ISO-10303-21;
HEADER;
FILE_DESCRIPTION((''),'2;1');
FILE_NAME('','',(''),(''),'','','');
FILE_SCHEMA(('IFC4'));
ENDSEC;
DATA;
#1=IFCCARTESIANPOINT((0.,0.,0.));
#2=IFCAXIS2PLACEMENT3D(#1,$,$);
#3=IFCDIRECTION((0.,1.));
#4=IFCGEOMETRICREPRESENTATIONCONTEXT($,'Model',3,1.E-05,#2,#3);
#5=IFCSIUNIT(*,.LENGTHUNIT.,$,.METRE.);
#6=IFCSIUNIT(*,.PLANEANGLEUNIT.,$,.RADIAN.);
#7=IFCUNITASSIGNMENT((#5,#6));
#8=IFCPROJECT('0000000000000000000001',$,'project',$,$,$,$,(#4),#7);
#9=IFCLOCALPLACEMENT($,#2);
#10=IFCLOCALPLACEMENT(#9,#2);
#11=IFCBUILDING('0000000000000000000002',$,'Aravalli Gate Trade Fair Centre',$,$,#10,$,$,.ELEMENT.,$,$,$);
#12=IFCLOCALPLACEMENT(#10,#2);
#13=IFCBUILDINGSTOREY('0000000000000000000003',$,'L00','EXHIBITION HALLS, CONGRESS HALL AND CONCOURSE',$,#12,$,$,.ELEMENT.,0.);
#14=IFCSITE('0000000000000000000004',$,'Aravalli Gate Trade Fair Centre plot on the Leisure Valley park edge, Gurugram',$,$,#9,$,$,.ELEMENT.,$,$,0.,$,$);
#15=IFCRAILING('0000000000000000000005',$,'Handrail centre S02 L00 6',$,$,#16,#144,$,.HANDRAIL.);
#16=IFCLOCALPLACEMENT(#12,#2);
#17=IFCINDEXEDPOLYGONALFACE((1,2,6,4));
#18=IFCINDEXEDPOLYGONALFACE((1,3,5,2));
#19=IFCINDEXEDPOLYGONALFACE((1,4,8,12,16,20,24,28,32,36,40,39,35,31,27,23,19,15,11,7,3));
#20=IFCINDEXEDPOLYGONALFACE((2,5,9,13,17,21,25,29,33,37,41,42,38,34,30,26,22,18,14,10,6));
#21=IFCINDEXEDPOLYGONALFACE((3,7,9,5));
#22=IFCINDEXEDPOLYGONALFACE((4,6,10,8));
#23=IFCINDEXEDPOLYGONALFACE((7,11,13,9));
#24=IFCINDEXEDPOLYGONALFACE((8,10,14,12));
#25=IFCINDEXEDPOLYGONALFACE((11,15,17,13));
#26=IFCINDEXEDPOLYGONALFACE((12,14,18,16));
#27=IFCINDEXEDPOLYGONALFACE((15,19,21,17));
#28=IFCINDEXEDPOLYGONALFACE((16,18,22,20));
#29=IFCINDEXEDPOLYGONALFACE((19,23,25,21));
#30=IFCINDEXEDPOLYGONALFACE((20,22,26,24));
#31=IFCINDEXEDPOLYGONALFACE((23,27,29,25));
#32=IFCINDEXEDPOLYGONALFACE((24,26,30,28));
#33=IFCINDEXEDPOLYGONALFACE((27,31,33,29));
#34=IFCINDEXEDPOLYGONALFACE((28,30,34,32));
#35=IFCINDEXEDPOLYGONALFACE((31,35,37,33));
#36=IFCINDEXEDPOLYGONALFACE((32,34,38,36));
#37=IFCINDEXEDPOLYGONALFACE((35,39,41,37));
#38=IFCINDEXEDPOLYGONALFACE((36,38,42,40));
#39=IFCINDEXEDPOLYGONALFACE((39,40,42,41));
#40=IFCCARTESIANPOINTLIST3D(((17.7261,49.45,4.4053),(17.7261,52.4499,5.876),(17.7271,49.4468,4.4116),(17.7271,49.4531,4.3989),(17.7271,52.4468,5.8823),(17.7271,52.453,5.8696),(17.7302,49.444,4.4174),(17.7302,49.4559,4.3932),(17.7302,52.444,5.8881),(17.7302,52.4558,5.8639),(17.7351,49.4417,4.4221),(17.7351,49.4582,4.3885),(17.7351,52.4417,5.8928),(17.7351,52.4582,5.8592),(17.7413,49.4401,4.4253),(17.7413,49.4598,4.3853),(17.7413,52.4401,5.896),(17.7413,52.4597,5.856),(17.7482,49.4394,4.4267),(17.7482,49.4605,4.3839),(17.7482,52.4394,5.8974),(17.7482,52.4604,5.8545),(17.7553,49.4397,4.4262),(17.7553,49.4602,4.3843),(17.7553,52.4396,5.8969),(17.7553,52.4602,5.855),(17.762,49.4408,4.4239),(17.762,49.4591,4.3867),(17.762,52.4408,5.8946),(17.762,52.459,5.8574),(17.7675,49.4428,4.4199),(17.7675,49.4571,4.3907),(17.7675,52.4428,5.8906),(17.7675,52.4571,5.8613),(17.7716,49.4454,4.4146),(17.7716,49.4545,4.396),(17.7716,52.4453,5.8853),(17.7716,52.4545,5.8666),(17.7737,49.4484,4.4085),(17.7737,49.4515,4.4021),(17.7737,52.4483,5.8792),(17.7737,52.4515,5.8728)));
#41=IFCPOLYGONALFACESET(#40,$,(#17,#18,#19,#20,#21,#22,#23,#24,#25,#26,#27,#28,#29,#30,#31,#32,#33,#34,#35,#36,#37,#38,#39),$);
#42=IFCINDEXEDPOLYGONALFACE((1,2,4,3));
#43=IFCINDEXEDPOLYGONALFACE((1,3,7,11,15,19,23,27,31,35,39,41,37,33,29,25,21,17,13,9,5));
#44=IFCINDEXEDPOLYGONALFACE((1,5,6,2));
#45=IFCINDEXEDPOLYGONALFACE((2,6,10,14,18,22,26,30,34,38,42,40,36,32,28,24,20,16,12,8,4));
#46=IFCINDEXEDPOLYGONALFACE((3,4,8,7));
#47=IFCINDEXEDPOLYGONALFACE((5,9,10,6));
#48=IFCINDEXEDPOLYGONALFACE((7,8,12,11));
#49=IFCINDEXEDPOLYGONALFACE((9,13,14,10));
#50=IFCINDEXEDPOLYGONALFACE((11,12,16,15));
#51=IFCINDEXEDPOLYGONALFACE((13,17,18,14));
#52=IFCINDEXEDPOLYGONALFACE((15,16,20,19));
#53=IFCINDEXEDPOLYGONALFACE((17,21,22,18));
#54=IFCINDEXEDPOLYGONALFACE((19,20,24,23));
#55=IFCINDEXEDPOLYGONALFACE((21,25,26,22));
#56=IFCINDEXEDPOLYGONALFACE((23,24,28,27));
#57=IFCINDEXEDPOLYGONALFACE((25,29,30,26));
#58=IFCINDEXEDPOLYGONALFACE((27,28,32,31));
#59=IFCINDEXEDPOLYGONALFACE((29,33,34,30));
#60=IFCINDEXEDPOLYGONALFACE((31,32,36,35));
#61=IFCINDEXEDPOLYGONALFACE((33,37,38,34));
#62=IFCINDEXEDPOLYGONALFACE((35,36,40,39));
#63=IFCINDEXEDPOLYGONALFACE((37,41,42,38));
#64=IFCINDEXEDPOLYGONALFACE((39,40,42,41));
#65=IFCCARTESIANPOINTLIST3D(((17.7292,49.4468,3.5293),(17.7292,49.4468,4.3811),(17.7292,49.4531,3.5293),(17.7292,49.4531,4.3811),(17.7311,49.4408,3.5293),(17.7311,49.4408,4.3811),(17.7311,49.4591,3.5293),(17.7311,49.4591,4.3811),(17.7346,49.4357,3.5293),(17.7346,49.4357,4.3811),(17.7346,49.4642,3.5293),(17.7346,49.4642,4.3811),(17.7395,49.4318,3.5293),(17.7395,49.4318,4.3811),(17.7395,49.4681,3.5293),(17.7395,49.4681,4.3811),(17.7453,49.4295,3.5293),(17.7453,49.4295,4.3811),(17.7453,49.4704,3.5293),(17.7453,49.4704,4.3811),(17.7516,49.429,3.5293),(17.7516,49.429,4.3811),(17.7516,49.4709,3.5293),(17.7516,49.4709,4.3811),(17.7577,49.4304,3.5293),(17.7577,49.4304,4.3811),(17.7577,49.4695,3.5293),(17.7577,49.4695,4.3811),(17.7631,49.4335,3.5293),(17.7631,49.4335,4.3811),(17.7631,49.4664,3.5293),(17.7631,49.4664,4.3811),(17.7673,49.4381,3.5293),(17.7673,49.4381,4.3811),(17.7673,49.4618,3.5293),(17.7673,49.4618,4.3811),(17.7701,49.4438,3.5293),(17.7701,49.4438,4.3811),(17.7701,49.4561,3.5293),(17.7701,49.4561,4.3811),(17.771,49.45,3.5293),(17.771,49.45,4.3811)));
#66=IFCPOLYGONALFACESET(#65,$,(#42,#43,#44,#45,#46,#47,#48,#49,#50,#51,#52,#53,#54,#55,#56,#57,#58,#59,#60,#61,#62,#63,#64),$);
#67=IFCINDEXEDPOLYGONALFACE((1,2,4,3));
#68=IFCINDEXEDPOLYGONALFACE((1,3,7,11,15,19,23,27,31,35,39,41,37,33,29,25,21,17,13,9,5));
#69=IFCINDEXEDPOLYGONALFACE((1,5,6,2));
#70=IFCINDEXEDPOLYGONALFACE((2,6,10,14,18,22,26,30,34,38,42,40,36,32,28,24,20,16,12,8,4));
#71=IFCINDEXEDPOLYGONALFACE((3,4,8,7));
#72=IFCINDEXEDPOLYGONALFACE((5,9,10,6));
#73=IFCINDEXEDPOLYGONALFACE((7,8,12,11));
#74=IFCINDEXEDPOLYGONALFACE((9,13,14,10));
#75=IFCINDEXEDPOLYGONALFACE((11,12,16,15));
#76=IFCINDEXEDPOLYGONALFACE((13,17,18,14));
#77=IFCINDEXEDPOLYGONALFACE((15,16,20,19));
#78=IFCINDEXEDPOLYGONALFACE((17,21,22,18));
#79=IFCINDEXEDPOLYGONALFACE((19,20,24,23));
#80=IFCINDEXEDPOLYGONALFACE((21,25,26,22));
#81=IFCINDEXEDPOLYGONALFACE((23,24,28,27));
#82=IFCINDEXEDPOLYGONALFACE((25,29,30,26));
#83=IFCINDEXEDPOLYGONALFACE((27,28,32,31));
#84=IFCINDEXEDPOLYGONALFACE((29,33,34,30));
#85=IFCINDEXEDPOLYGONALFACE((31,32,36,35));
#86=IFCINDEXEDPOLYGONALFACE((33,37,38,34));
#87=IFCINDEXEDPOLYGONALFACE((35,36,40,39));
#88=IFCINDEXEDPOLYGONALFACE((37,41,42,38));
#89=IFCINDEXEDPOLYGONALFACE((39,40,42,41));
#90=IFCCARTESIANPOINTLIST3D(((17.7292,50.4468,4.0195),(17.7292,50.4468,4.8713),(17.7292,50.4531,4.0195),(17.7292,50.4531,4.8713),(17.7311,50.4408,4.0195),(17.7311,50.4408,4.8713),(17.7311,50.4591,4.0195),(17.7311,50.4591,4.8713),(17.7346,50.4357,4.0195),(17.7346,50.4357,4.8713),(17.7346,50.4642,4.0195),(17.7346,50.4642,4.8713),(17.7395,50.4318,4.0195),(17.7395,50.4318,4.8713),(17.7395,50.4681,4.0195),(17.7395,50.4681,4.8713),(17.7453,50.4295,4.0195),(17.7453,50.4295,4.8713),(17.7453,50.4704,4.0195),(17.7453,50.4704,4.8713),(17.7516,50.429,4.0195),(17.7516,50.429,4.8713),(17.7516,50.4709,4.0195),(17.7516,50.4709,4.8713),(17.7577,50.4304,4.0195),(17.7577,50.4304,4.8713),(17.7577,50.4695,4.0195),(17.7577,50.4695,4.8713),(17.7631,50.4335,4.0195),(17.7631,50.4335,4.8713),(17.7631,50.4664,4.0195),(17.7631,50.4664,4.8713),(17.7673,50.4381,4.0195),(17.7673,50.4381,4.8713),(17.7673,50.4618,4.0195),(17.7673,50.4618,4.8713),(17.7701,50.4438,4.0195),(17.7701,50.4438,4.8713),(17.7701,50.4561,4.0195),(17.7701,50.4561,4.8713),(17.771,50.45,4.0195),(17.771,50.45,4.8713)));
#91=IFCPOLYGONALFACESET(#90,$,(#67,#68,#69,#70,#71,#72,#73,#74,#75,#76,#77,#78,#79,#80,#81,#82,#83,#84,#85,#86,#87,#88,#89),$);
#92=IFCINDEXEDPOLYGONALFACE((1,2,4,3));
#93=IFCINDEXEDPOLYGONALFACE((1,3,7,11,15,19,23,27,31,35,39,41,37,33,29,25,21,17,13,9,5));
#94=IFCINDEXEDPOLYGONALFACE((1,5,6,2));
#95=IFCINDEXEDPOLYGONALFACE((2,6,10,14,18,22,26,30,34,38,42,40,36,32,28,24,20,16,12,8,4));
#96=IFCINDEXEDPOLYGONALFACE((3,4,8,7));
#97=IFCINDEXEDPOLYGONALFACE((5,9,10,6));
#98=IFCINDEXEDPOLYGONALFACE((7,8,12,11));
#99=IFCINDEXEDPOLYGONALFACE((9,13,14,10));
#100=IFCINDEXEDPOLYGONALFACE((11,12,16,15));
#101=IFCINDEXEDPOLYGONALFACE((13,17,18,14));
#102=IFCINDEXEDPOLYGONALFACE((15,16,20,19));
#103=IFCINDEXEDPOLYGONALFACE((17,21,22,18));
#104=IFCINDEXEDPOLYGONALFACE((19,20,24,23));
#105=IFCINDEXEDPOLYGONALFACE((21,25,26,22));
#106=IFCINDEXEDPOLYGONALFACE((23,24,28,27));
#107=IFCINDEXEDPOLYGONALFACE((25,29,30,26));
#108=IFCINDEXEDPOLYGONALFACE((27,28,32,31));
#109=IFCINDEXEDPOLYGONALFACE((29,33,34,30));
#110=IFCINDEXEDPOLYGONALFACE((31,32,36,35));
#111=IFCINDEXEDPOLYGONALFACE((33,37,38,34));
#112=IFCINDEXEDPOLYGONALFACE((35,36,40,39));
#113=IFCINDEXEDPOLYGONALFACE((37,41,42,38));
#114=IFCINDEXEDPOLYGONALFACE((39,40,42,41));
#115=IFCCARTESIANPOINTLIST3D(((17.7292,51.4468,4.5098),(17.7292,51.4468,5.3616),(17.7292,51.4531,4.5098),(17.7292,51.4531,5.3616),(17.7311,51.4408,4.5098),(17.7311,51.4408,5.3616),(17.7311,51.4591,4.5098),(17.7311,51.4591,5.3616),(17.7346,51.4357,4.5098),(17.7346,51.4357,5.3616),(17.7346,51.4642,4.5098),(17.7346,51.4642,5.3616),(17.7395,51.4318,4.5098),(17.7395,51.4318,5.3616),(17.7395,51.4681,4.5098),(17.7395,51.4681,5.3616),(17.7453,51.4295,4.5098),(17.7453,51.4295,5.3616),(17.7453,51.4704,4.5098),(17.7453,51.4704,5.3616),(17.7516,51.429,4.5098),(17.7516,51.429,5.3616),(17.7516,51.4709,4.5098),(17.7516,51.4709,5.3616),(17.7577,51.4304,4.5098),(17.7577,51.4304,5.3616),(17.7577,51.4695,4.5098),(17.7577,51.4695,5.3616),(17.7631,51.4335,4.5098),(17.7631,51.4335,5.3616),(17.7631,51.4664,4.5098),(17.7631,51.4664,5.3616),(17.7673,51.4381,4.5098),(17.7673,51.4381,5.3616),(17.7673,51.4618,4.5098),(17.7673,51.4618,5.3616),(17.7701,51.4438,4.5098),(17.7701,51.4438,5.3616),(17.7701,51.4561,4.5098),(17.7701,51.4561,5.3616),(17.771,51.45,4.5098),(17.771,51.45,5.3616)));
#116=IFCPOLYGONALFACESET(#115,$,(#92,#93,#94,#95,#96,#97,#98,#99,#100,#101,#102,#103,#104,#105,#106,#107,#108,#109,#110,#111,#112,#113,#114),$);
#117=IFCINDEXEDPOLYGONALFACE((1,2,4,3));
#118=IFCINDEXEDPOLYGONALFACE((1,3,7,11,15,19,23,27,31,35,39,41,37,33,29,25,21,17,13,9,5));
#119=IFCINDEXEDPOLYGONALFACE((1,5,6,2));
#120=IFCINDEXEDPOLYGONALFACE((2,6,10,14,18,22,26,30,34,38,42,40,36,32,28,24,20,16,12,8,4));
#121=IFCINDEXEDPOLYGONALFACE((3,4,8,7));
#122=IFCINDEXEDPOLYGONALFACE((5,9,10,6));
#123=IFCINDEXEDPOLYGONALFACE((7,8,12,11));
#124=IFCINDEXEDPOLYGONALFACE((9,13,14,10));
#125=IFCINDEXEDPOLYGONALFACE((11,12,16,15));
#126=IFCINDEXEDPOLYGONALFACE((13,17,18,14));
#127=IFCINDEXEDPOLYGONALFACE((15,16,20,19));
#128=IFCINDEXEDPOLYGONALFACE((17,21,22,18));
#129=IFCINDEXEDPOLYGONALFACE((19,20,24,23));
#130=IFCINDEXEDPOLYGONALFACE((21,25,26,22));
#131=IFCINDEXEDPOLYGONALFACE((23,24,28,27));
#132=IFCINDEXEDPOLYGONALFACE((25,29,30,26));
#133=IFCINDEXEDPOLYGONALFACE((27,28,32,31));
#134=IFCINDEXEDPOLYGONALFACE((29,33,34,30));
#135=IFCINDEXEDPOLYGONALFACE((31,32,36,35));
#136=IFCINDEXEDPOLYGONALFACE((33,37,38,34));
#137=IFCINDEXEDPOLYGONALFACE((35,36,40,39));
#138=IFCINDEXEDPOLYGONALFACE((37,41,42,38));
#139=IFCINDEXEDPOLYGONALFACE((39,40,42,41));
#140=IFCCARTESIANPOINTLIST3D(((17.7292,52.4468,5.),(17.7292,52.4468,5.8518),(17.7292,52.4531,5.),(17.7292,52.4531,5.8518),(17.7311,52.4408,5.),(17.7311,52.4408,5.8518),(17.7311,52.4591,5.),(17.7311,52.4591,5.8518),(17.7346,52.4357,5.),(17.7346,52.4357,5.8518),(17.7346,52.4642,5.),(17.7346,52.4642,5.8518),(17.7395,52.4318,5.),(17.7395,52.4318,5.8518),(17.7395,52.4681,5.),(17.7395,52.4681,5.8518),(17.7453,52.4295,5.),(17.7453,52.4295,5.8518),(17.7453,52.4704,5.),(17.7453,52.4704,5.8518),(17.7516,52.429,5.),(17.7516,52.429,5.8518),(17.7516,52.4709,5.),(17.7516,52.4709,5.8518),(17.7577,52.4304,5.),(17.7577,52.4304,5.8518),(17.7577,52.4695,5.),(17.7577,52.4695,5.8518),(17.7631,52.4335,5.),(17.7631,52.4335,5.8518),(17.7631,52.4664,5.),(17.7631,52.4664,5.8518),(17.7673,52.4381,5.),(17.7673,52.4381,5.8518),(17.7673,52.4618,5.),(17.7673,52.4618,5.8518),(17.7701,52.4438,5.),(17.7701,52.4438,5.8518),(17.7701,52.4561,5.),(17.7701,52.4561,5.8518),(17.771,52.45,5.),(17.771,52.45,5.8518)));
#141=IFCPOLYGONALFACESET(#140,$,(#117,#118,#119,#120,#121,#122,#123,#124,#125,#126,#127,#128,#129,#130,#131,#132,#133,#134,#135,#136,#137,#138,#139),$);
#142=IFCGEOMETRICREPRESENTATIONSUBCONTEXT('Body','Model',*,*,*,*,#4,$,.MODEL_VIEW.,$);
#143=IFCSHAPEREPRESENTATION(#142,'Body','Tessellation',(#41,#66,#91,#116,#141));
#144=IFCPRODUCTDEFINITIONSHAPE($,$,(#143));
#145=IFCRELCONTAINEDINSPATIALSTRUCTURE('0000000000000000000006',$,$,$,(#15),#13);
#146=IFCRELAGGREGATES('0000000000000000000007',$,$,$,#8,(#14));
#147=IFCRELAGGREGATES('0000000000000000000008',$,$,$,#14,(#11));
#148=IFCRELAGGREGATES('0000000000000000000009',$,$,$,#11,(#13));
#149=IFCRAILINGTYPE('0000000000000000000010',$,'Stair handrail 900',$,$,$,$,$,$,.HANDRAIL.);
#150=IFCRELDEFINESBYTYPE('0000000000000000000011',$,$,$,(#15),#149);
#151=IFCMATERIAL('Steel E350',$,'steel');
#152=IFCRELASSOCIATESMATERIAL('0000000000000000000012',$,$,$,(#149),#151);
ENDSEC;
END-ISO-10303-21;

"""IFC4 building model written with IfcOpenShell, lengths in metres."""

from ifc_helpers import new_model, si_unit, direction, frame, origin, origin_2d, place, context, subcontext, project, spatial, circle, extrude, material, type_object, element, save


model = new_model("IFC4")

# Units and contexts
model_context = context("Model", 3, precision=1e-05, world=origin(), true_north=direction((0.0, 1.0)))
body_context = subcontext(model_context, "Body", "Model", "MODEL_VIEW")
ifc_project = project(units=[si_unit("LENGTHUNIT", "METRE"), si_unit("PLANEANGLEUNIT", "RADIAN")], contexts=[model_context])

# Site, building, storey
site_placement = place(None, origin())
site = spatial("IfcSite", under=ifc_project, at=site_placement, Name="Aravalli Gate Trade Fair Centre plot on the Leisure Valley park edge, Gurugram", CompositionType="ELEMENT", RefElevation=0.0)
building_placement = place(site_placement, origin())
building = spatial("IfcBuilding", under=site, at=building_placement, Name="Aravalli Gate Trade Fair Centre", CompositionType="ELEMENT")
storey_placement = place(building_placement, origin())
storey = spatial("IfcBuildingStorey", under=building, at=storey_placement, Name="L00", Description="EXHIBITION HALLS, CONGRESS HALL AND CONCOURSE", CompositionType="ELEMENT", Elevation=0.0)

# Railing
ifc_material_1 = material(Name="Steel E350", Category="steel")
railing_type = type_object("IfcRailingType", Name="Stair handrail 900", PredefinedType="HANDRAIL", material=ifc_material_1)
for number, where, name in (
    (1, (17.75, 49.45, 3.5293), "Handrail centre S02 L00 6"),
):
    element("IfcRailing", number, at=place(storey_placement, frame(where)), inside=storey, type_object=railing_type, Name=name, PredefinedType="HANDRAIL", context=body_context, shape_type="SweptSolid", body=[
        extrude(circle(Radius=0.0239, at=origin_2d()), frame((0.0, 0.0, 0.876), z_axis=(0.0, 0.897907, 0.440185), x_axis=(-1.0, 0.0, 0.0)), (0.0, 0.0, 1.0), 3.3411),
        extrude(circle(Radius=0.021, at=origin_2d()), origin(), (0.0, 0.0, 1.0), 0.8518),
        extrude(circle(Radius=0.021, at=origin_2d()), frame((0.0, 1.0, 0.4902)), (0.0, 0.0, 1.0), 0.8518),
        extrude(circle(Radius=0.021, at=origin_2d()), frame((0.0, 2.0, 0.9805)), (0.0, 0.0, 1.0), 0.8518),
        extrude(circle(Radius=0.021, at=origin_2d()), frame((0.0, 3.0, 1.4707)), (0.0, 0.0, 1.0), 0.8518),
    ])

save(model, "model.ifc")
